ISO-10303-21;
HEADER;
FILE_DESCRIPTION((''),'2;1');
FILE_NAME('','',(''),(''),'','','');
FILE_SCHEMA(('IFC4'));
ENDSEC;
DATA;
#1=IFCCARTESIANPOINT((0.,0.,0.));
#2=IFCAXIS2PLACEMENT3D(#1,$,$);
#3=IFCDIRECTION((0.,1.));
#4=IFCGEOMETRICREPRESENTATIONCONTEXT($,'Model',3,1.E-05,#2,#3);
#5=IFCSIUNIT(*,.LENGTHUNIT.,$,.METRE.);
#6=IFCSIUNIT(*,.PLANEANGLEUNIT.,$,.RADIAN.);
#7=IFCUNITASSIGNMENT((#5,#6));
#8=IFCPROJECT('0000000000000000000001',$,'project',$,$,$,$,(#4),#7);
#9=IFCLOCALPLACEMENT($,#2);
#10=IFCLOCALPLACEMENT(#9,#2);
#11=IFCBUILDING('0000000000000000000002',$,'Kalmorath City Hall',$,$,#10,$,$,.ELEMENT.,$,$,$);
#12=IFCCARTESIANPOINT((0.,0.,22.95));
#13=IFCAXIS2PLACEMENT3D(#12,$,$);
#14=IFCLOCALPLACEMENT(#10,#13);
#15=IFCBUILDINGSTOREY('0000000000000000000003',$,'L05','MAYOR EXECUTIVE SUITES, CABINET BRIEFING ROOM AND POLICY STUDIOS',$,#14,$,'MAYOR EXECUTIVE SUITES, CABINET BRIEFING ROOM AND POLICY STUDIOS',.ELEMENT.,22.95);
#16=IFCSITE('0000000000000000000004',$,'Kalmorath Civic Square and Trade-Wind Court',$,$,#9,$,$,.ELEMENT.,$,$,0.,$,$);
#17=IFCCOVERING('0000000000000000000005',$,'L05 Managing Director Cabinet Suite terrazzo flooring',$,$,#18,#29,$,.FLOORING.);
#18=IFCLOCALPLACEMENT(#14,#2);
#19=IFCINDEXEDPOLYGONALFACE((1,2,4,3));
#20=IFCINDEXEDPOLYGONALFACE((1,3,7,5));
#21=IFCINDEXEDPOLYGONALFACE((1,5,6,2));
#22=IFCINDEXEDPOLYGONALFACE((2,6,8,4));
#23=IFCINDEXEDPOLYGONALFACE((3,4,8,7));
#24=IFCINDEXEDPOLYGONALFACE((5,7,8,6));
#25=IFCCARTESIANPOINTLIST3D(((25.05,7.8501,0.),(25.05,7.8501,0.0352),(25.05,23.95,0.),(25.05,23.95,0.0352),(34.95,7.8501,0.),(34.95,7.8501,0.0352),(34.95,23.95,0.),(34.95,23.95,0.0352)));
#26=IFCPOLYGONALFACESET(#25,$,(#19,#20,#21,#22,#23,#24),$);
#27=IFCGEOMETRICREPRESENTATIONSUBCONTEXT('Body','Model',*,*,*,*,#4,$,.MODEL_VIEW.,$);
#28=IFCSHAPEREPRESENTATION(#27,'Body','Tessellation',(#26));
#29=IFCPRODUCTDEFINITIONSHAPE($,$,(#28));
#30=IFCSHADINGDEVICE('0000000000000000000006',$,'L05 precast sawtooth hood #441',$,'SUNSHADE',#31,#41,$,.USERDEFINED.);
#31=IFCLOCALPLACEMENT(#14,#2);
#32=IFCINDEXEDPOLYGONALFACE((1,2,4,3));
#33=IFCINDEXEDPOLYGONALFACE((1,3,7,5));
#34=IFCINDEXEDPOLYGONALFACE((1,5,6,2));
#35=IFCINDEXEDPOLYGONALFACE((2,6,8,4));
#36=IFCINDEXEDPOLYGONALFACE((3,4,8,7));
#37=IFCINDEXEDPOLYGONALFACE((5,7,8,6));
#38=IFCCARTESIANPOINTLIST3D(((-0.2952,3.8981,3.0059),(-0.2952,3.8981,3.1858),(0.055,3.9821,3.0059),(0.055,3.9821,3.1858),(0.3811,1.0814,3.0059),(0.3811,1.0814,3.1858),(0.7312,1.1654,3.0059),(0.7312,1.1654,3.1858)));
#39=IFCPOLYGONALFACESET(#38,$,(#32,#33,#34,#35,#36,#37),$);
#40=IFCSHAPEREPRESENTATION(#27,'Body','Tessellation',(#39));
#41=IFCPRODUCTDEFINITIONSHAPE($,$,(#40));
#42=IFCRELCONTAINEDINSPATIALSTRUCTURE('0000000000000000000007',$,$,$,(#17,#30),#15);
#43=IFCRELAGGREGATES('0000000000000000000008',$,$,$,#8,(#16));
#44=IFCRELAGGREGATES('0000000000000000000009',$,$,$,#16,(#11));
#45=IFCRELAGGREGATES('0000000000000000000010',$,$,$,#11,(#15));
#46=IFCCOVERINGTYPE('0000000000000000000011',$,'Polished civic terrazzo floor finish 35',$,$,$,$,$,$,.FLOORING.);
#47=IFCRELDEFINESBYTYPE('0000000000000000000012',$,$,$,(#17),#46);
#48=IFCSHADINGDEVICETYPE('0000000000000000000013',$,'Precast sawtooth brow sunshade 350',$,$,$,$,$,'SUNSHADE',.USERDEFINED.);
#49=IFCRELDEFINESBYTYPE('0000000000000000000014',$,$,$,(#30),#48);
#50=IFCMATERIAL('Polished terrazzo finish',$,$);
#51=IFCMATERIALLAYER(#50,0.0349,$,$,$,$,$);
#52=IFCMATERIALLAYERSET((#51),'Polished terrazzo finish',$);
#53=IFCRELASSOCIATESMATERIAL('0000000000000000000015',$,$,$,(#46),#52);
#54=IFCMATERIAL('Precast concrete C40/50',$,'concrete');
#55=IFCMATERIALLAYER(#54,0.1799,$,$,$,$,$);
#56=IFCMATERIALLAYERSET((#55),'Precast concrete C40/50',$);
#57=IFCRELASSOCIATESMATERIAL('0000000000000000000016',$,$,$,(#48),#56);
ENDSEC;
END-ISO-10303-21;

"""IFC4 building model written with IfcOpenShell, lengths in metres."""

from ifc_helpers import new_model, si_unit, direction, frame, origin, origin_2d, place, context, subcontext, project, spatial, polyline, rectangle, outline, extrude, material, layer, layer_set, type_object, element, save


model = new_model("IFC4")

# Units and contexts
model_context = context("Model", 3, precision=1e-05, world=origin(), true_north=direction((0.0, 1.0)))
body_context = subcontext(model_context, "Body", "Model", "MODEL_VIEW")
ifc_project = project(units=[si_unit("LENGTHUNIT", "METRE"), si_unit("PLANEANGLEUNIT", "RADIAN")], contexts=[model_context])

# Site, building, storey
site_placement = place(None, origin())
site = spatial("IfcSite", under=ifc_project, at=site_placement, Name="Kalmorath Civic Square and Trade-Wind Court", CompositionType="ELEMENT", RefElevation=0.0)
building_placement = place(site_placement, origin())
building = spatial("IfcBuilding", under=site, at=building_placement, Name="Kalmorath City Hall", CompositionType="ELEMENT")
storey_placement = place(building_placement, frame((0.0, 0.0, 22.95)))
storey = spatial("IfcBuildingStorey", under=building, at=storey_placement, Name="L05", Description="MAYOR EXECUTIVE SUITES, CABINET BRIEFING ROOM AND POLICY STUDIOS", LongName="MAYOR EXECUTIVE SUITES, CABINET BRIEFING ROOM AND POLICY STUDIOS", CompositionType="ELEMENT", Elevation=22.95)

# Covering
ifc_material_1 = material(Name="Polished terrazzo finish")
ifc_layer_1 = layer(ifc_material_1, 0.0349)
ifc_layer_set_1 = layer_set([ifc_layer_1], Name="Polished terrazzo finish")
covering_type_1 = type_object("IfcCoveringType", Name="Polished civic terrazzo floor finish 35", PredefinedType="FLOORING", material=ifc_layer_set_1)
covering_1_placement = place(storey_placement, origin())
element("IfcCovering", 1, at=covering_1_placement, inside=storey, type_object=covering_type_1, Name="L05 Managing Director Cabinet Suite terrazzo flooring", PredefinedType="FLOORING", context=body_context, shape_type="SweptSolid", body=[
    extrude(outline(polyline([(34.95, 23.95), (34.95, 7.8501), (25.05, 7.8501), (25.05, 23.95), (34.95, 23.95)])), origin(), (0.0, 0.0, 1.0), 0.0352),
])

# Shading device
ifc_material_2 = material(Name="Precast concrete C40/50", Category="concrete")
ifc_layer_2 = layer(ifc_material_2, 0.1799)
ifc_layer_set_2 = layer_set([ifc_layer_2], Name="Precast concrete C40/50")
shading_device_type = type_object("IfcShadingDeviceType", Name="Precast sawtooth brow sunshade 350", ElementType="SUNSHADE", PredefinedType="USERDEFINED", material=ifc_layer_set_2)
shading_device_placement = place(storey_placement, frame((0.218, 2.5317, 3.0059), z_axis=(0.0, 0.0, 1.0), x_axis=(-0.233445, 0.97237, 0.0)))
element("IfcShadingDevice", 2, at=shading_device_placement, inside=storey, type_object=shading_device_type, Name="L05 precast sawtooth hood #441", ObjectType="SUNSHADE", PredefinedType="USERDEFINED", context=body_context, shape_type="SweptSolid", body=[
    extrude(rectangle(XDim=2.8967, YDim=0.3601, at=origin_2d()), origin(), (0.0, 0.0, 1.0), 0.1799),
])

save(model, "model.ifc")
